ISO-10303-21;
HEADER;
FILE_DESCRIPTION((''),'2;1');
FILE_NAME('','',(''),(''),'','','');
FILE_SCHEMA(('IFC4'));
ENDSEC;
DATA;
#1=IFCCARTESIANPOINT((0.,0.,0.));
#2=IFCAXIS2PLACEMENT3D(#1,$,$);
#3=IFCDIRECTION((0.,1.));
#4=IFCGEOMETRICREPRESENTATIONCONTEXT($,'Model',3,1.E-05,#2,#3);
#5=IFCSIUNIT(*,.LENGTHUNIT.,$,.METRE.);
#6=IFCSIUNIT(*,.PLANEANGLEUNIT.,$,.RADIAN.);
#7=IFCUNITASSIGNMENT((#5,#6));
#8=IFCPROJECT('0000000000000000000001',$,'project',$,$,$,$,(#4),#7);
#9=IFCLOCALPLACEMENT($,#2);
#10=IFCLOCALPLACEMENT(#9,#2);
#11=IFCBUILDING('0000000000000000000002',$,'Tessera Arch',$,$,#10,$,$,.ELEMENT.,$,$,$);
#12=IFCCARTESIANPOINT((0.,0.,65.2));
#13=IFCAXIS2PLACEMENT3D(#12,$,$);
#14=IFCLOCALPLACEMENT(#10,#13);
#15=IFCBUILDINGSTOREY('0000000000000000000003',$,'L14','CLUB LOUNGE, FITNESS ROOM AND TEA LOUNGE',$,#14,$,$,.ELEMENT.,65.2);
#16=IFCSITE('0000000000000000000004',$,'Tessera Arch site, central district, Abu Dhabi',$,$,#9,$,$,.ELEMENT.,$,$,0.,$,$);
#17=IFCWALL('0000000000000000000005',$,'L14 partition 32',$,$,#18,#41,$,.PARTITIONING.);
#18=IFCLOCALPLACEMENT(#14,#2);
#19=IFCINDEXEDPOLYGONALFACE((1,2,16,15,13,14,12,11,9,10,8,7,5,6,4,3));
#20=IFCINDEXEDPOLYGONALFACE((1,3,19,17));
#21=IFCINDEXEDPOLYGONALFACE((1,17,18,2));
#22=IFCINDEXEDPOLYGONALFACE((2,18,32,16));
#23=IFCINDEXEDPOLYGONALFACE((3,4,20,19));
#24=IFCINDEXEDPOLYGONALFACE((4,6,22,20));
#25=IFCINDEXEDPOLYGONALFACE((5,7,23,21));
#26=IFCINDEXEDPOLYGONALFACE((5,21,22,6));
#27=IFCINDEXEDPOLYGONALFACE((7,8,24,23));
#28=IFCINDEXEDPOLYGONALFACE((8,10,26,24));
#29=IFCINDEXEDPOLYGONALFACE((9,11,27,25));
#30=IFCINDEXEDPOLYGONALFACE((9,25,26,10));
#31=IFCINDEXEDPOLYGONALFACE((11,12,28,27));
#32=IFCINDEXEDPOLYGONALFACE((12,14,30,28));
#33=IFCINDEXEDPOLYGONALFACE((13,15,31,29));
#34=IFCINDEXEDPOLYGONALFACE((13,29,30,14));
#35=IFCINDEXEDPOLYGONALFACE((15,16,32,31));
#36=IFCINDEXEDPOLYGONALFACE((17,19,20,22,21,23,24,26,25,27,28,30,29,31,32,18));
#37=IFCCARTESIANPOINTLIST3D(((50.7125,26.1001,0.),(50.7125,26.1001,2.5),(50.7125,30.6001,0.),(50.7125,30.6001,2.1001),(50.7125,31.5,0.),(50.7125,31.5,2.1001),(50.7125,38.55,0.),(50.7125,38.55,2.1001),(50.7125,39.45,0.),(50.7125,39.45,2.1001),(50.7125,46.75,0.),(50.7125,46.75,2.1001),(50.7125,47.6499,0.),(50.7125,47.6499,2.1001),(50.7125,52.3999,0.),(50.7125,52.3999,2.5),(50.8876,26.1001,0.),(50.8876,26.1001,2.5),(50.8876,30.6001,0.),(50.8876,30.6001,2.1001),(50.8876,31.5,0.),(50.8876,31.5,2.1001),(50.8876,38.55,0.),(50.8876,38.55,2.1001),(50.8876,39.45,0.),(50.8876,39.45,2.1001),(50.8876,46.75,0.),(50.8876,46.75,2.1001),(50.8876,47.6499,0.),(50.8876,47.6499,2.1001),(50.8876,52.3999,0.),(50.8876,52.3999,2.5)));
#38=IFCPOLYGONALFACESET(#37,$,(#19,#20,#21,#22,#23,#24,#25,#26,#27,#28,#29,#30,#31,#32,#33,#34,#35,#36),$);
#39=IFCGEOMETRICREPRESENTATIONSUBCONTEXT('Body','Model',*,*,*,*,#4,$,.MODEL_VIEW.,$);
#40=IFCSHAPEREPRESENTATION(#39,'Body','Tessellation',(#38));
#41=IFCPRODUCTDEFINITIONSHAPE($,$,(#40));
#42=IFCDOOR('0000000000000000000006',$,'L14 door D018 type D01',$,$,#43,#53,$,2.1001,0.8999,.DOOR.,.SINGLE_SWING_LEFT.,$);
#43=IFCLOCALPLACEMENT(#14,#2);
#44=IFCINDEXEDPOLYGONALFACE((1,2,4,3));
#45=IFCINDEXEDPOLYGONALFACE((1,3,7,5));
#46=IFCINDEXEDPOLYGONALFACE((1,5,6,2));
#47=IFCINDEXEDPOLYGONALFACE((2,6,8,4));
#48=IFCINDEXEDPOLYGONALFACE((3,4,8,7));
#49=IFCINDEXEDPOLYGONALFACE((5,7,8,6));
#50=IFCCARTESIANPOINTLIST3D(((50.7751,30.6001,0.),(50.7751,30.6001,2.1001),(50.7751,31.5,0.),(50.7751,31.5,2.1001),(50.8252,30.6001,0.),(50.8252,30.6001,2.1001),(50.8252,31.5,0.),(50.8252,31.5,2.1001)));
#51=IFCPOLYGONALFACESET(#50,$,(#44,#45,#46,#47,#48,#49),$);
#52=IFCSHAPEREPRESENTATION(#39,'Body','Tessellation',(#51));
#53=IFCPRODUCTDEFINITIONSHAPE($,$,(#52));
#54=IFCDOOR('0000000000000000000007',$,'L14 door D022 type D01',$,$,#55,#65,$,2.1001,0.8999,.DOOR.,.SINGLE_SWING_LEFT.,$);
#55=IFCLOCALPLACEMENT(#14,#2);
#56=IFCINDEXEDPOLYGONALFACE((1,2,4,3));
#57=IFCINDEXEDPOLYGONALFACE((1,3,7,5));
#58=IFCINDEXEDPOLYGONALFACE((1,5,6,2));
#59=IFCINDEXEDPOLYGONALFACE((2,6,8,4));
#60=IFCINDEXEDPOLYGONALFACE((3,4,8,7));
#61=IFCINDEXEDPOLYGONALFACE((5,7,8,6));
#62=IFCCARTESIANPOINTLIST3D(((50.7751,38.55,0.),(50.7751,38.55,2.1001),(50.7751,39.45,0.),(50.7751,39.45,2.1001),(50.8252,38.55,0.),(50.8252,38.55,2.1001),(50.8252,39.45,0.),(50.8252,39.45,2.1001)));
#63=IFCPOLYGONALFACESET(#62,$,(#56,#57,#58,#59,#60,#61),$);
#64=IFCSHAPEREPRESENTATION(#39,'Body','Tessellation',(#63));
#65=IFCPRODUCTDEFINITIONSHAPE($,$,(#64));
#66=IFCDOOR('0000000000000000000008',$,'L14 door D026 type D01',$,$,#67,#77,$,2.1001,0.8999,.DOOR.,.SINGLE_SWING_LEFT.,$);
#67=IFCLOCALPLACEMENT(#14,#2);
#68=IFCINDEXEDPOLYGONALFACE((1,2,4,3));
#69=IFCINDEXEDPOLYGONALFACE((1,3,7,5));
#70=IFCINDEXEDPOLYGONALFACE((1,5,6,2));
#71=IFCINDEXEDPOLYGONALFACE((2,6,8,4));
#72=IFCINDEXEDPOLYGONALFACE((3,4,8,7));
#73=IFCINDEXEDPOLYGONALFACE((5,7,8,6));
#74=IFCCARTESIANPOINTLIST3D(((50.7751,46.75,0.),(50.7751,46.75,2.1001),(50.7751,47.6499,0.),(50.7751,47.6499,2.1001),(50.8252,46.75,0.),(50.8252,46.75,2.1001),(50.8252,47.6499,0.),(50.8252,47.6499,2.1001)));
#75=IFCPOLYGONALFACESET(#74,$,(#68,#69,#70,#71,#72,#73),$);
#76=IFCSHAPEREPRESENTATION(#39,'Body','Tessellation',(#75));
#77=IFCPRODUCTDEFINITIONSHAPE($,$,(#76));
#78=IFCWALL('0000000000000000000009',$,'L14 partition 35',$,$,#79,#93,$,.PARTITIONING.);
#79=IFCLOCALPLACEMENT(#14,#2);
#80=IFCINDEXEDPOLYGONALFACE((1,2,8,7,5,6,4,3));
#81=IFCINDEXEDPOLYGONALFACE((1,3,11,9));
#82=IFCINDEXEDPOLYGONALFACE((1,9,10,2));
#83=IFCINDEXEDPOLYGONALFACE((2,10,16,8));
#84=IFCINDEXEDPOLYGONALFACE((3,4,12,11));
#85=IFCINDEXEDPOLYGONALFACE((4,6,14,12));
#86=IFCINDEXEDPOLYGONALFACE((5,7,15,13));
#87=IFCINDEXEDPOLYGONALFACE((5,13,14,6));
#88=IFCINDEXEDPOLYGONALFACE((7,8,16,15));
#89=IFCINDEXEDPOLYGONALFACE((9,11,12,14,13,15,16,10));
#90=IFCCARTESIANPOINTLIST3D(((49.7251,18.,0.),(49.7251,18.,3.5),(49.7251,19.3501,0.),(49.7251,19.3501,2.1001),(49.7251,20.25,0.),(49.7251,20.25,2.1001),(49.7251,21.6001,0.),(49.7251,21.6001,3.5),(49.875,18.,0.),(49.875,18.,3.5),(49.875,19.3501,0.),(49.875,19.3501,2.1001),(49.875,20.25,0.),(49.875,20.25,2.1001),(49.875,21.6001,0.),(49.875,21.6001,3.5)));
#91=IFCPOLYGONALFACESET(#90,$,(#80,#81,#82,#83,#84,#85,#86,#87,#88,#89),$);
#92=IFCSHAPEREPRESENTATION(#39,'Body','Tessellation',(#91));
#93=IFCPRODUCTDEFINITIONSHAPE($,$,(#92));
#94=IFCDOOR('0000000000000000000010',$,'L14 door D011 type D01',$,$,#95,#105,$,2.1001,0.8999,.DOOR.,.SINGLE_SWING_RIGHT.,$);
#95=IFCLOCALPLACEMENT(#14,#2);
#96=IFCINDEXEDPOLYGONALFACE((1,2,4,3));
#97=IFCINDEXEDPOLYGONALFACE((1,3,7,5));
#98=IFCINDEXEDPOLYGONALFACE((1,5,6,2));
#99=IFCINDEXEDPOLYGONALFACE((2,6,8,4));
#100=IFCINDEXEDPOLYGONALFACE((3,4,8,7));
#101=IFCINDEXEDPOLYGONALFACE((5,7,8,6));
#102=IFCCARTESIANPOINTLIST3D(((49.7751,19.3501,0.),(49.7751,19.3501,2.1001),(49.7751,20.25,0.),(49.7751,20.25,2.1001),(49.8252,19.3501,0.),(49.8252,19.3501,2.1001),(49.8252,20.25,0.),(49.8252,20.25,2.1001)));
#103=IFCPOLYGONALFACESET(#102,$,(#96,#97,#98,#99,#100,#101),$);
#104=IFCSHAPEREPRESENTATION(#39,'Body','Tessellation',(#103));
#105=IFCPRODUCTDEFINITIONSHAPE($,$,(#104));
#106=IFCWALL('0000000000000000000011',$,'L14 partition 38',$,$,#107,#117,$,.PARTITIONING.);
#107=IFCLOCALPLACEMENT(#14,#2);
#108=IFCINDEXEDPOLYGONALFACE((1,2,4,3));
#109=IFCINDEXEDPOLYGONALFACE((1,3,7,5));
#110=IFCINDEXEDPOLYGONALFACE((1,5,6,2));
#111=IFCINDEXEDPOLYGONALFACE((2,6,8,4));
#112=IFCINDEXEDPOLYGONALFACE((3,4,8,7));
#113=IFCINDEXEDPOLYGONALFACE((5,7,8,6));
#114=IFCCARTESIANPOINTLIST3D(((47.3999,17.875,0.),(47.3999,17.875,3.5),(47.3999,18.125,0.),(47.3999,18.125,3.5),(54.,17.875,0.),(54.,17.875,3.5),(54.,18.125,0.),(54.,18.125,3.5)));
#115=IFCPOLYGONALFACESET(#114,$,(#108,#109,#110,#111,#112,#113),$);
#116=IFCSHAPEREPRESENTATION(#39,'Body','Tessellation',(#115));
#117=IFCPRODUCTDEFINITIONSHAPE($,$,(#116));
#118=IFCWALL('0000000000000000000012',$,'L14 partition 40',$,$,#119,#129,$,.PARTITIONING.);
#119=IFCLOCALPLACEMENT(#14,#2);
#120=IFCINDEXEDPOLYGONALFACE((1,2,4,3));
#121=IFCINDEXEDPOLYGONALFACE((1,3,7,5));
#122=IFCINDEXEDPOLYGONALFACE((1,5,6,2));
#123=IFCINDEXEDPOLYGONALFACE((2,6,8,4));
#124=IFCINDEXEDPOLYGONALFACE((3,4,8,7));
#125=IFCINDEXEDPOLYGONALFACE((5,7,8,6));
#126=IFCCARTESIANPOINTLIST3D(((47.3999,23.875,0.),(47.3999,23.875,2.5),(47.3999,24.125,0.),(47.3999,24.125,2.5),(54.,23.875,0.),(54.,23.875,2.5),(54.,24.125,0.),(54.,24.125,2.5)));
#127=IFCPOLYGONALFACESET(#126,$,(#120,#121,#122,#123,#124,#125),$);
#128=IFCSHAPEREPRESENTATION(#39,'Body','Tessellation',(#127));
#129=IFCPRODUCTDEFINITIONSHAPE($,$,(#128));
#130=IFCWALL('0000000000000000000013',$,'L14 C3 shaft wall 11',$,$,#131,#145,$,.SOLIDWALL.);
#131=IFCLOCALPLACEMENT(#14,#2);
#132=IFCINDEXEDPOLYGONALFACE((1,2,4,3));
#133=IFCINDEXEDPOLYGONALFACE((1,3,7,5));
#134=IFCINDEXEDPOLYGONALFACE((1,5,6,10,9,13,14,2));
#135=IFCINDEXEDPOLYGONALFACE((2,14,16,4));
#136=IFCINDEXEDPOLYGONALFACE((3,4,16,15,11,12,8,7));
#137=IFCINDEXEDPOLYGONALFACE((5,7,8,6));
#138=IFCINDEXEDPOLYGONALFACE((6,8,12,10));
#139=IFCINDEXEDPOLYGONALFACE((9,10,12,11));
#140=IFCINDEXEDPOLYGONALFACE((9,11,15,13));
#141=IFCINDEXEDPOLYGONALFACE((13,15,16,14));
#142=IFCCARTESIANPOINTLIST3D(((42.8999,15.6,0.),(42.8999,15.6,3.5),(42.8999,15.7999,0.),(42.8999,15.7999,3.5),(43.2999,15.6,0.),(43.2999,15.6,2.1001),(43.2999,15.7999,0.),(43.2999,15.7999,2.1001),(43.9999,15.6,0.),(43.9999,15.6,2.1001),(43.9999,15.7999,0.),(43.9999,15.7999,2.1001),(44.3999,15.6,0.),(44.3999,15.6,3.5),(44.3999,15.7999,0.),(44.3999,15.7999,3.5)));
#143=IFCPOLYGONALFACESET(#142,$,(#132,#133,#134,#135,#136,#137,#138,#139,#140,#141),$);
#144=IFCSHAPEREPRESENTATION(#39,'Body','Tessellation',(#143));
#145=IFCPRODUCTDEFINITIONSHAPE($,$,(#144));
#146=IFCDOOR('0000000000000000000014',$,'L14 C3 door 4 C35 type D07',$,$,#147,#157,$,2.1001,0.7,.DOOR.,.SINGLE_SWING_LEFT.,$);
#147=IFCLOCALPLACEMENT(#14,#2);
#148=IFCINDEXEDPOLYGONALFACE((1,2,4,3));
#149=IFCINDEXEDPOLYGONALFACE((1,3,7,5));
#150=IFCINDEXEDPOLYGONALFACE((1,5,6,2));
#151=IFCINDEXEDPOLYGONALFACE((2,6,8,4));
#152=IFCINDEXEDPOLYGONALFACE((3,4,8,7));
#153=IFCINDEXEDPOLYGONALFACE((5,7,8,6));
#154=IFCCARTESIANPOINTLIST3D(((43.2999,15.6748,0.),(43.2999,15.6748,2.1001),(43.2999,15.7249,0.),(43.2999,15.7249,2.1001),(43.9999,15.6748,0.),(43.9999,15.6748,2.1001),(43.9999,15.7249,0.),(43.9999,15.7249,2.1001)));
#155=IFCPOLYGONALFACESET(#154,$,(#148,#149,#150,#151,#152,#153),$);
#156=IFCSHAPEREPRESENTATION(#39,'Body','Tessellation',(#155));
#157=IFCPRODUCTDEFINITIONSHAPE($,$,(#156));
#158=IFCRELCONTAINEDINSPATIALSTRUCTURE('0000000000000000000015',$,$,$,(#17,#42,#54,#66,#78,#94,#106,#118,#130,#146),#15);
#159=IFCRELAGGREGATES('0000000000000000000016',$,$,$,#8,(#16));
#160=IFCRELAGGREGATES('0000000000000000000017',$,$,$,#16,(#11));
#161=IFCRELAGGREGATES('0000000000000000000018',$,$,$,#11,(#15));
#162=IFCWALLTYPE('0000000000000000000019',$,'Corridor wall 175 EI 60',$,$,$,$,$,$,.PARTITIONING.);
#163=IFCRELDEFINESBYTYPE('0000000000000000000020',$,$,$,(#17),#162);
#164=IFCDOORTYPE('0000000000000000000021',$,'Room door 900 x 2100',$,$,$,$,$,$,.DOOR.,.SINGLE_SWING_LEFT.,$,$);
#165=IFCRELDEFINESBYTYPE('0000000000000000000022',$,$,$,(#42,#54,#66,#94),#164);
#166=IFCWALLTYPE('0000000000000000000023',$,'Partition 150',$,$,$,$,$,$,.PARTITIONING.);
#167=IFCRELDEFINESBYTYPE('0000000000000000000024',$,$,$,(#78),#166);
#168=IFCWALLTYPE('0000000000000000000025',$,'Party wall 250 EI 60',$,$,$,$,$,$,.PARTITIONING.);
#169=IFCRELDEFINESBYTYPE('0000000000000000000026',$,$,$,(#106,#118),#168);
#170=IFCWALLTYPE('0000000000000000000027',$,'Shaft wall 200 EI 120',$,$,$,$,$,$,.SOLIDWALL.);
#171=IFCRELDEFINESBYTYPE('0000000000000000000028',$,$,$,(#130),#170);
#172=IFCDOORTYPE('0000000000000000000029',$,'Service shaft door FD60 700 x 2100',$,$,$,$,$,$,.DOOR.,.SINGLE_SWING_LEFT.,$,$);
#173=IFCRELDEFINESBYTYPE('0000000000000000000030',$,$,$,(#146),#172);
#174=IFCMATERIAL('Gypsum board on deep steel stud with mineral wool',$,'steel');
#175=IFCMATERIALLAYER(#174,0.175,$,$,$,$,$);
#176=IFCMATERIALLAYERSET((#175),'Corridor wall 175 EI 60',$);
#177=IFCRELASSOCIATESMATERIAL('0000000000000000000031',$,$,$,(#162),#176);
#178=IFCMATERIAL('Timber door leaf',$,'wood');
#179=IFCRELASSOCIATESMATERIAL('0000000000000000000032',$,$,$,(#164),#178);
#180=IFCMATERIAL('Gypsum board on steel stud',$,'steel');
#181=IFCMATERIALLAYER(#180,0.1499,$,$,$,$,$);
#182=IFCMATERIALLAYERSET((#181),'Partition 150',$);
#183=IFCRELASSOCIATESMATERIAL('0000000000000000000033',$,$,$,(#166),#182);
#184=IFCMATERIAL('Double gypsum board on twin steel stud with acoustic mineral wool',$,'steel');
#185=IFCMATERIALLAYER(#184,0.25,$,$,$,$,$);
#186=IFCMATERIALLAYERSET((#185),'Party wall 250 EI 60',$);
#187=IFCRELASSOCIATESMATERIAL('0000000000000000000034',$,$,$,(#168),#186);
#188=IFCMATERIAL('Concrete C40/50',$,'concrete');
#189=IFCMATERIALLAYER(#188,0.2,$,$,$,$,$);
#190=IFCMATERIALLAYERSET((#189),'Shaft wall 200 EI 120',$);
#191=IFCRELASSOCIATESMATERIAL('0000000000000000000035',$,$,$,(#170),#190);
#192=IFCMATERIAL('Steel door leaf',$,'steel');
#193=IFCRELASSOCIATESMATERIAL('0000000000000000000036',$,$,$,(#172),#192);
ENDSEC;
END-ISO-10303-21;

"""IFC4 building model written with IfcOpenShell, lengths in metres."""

from ifc_helpers import new_model, si_unit, direction, frame, frame_2d, origin, place, context, subcontext, project, spatial, rectangle, extrude, material, layer, layer_set, type_object, element, fill, save


model = new_model("IFC4")

# Units and contexts
model_context = context("Model", 3, precision=1e-05, world=origin(), true_north=direction((0.0, 1.0)))
body_context = subcontext(model_context, "Body", "Model", "MODEL_VIEW")
ifc_project = project(units=[si_unit("LENGTHUNIT", "METRE"), si_unit("PLANEANGLEUNIT", "RADIAN")], contexts=[model_context])

# Site, building, storey
site_placement = place(None, origin())
site = spatial("IfcSite", under=ifc_project, at=site_placement, Name="Tessera Arch site, central district, Abu Dhabi", CompositionType="ELEMENT", RefElevation=0.0)
building_placement = place(site_placement, origin())
building = spatial("IfcBuilding", under=site, at=building_placement, Name="Tessera Arch", CompositionType="ELEMENT")
storey_placement = place(building_placement, frame((0.0, 0.0, 65.2)))
storey = spatial("IfcBuildingStorey", under=building, at=storey_placement, Name="L14", Description="CLUB LOUNGE, FITNESS ROOM AND TEA LOUNGE", CompositionType="ELEMENT", Elevation=65.2)

# Shared definitions
ifc_material_1 = material(Name="Gypsum board on deep steel stud with mineral wool", Category="steel")
ifc_layer_1 = layer(ifc_material_1, 0.175)
ifc_layer_set_1 = layer_set([ifc_layer_1], Name="Corridor wall 175 EI 60")
wall_type_1 = type_object("IfcWallType", Name="Corridor wall 175 EI 60", PredefinedType="PARTITIONING", material=ifc_layer_set_1)

# Wall, openings, doors
wall_1_placement = place(storey_placement, frame((50.8, 26.1001, 0.0), z_axis=(0.0, 0.0, 1.0), x_axis=(0.0, 1.0, 0.0)))
wall_1 = element("IfcWall", 1, at=wall_1_placement, inside=storey, type_object=wall_type_1, Name="L14 partition 32", PredefinedType="PARTITIONING", context=body_context, shape_type="SweptSolid", body=[
    extrude(rectangle(XDim=26.2998, YDim=0.175, at=frame_2d((13.1499, 0.0))), origin(), (0.0, 0.0, 1.0), 2.5),
])
opening_1_placement = place(wall_1_placement, frame((4.5, 0.0, 0.0)))
opening_1 = element("IfcOpeningElement", 2, at=opening_1_placement, cuts=wall_1, PredefinedType="OPENING", context=body_context, shape_type="SweptSolid", body=[
    extrude(rectangle(XDim=0.8999, YDim=2.1001, at=frame_2d((0.45, 1.05))), frame((0.0, 0.0974, 0.0), z_axis=(0.0, -1.0, 0.0), x_axis=(1.0, 0.0, 0.0)), (0.0, 0.0, 1.0), 0.1951),
])
opening_2_placement = place(wall_1_placement, frame((12.45, 0.0, 0.0)))
opening_2 = element("IfcOpeningElement", 3, at=opening_2_placement, cuts=wall_1, PredefinedType="OPENING", context=body_context, shape_type="SweptSolid", body=[
    extrude(rectangle(XDim=0.8999, YDim=2.1001, at=frame_2d((0.45, 1.05))), frame((0.0, 0.0974, 0.0), z_axis=(0.0, -1.0, 0.0), x_axis=(1.0, 0.0, 0.0)), (0.0, 0.0, 1.0), 0.1951),
])
opening_3_placement = place(wall_1_placement, frame((20.6499, 0.0, 0.0)))
opening_3 = element("IfcOpeningElement", 4, at=opening_3_placement, cuts=wall_1, PredefinedType="OPENING", context=body_context, shape_type="SweptSolid", body=[
    extrude(rectangle(XDim=0.8999, YDim=2.1001, at=frame_2d((0.45, 1.05))), frame((0.0, 0.0974, 0.0), z_axis=(0.0, -1.0, 0.0), x_axis=(1.0, 0.0, 0.0)), (0.0, 0.0, 1.0), 0.1951),
])
ifc_material_2 = material(Name="Timber door leaf", Category="wood")
door_type_1 = type_object("IfcDoorType", Name="Room door 900 x 2100", OperationType="SINGLE_SWING_LEFT", PredefinedType="DOOR", material=ifc_material_2)
door_1_placement = place(opening_1_placement, origin())
door_1 = element("IfcDoor", 5, at=door_1_placement, inside=storey, type_object=door_type_1, Name="L14 door D018 type D01", OperationType="SINGLE_SWING_LEFT", OverallHeight=2.1001, OverallWidth=0.8999, PredefinedType="DOOR", context=body_context, shape_type="SweptSolid", body=[
    extrude(rectangle(XDim=0.8999, YDim=2.1001, at=frame_2d((0.45, 1.05))), frame((0.0, 0.0249, 0.0), z_axis=(0.0, -1.0, 0.0), x_axis=(1.0, 0.0, 0.0)), (0.0, 0.0, 1.0), 0.05),
])
fill(opening_1, door_1)
door_2_placement = place(opening_2_placement, origin())
door_2 = element("IfcDoor", 6, at=door_2_placement, inside=storey, type_object=door_type_1, Name="L14 door D022 type D01", OperationType="SINGLE_SWING_LEFT", OverallHeight=2.1001, OverallWidth=0.8999, PredefinedType="DOOR", context=body_context, shape_type="SweptSolid", body=[
    extrude(rectangle(XDim=0.8999, YDim=2.1001, at=frame_2d((0.45, 1.05))), frame((0.0, 0.0249, 0.0), z_axis=(0.0, -1.0, 0.0), x_axis=(1.0, 0.0, 0.0)), (0.0, 0.0, 1.0), 0.05),
])
fill(opening_2, door_2)
door_3_placement = place(opening_3_placement, origin())
door_3 = element("IfcDoor", 7, at=door_3_placement, inside=storey, type_object=door_type_1, Name="L14 door D026 type D01", OperationType="SINGLE_SWING_LEFT", OverallHeight=2.1001, OverallWidth=0.8999, PredefinedType="DOOR", context=body_context, shape_type="SweptSolid", body=[
    extrude(rectangle(XDim=0.8999, YDim=2.1001, at=frame_2d((0.45, 1.05))), frame((0.0, 0.0249, 0.0), z_axis=(0.0, -1.0, 0.0), x_axis=(1.0, 0.0, 0.0)), (0.0, 0.0, 1.0), 0.05),
])
fill(opening_3, door_3)

# Wall, opening, door
ifc_material_3 = material(Name="Gypsum board on steel stud", Category="steel")
ifc_layer_2 = layer(ifc_material_3, 0.1499)
ifc_layer_set_2 = layer_set([ifc_layer_2], Name="Partition 150")
wall_type_2 = type_object("IfcWallType", Name="Partition 150", PredefinedType="PARTITIONING", material=ifc_layer_set_2)
wall_2_placement = place(storey_placement, frame((49.8, 18.0, 0.0), z_axis=(0.0, 0.0, 1.0), x_axis=(0.0, 1.0, 0.0)))
wall_2 = element("IfcWall", 8, at=wall_2_placement, inside=storey, type_object=wall_type_2, Name="L14 partition 35", PredefinedType="PARTITIONING", context=body_context, shape_type="SweptSolid", body=[
    extrude(rectangle(XDim=3.6001, YDim=0.1499, at=frame_2d((1.8, 0.0))), origin(), (0.0, 0.0, 1.0), 3.5),
])
opening_4_placement = place(wall_2_placement, frame((1.3501, 0.0, 0.0)))
opening_4 = element("IfcOpeningElement", 9, at=opening_4_placement, cuts=wall_2, PredefinedType="OPENING", context=body_context, shape_type="SweptSolid", body=[
    extrude(rectangle(XDim=0.8999, YDim=2.1001, at=frame_2d((0.45, 1.05))), frame((0.0, 0.085, 0.0), z_axis=(0.0, -1.0, 0.0), x_axis=(1.0, 0.0, 0.0)), (0.0, 0.0, 1.0), 0.1699),
])
door_4_placement = place(opening_4_placement, origin())
door_4 = element("IfcDoor", 10, at=door_4_placement, inside=storey, type_object=door_type_1, Name="L14 door D011 type D01", OperationType="SINGLE_SWING_RIGHT", OverallHeight=2.1001, OverallWidth=0.8999, PredefinedType="DOOR", context=body_context, shape_type="SweptSolid", body=[
    extrude(rectangle(XDim=0.8999, YDim=2.1001, at=frame_2d((0.45, 1.05))), frame((0.0, 0.0249, 0.0), z_axis=(0.0, -1.0, 0.0), x_axis=(1.0, 0.0, 0.0)), (0.0, 0.0, 1.0), 0.05),
])
fill(opening_4, door_4)

# Walls
ifc_material_4 = material(Name="Double gypsum board on twin steel stud with acoustic mineral wool", Category="steel")
ifc_layer_3 = layer(ifc_material_4, 0.25)
ifc_layer_set_3 = layer_set([ifc_layer_3], Name="Party wall 250 EI 60")
wall_type_3 = type_object("IfcWallType", Name="Party wall 250 EI 60", PredefinedType="PARTITIONING", material=ifc_layer_set_3)
wall_3_placement = place(storey_placement, frame((47.3999, 18.0, 0.0), z_axis=(0.0, 0.0, 1.0), x_axis=(1.0, 0.0, 0.0)))
element("IfcWall", 11, at=wall_3_placement, inside=storey, type_object=wall_type_3, Name="L14 partition 38", PredefinedType="PARTITIONING", context=body_context, shape_type="SweptSolid", body=[
    extrude(rectangle(XDim=6.6001, YDim=0.25, at=frame_2d((3.3, 0.0))), origin(), (0.0, 0.0, 1.0), 3.5),
])
wall_4_placement = place(storey_placement, frame((47.3999, 24.0, 0.0), z_axis=(0.0, 0.0, 1.0), x_axis=(1.0, 0.0, 0.0)))
element("IfcWall", 12, at=wall_4_placement, inside=storey, type_object=wall_type_3, Name="L14 partition 40", PredefinedType="PARTITIONING", context=body_context, shape_type="SweptSolid", body=[
    extrude(rectangle(XDim=6.6001, YDim=0.25, at=frame_2d((3.3, 0.0))), origin(), (0.0, 0.0, 1.0), 2.5),
])

# Wall, opening, door
ifc_material_5 = material(Name="Concrete C40/50", Category="concrete")
ifc_layer_4 = layer(ifc_material_5, 0.2)
ifc_layer_set_4 = layer_set([ifc_layer_4], Name="Shaft wall 200 EI 120")
wall_type_4 = type_object("IfcWallType", Name="Shaft wall 200 EI 120", PredefinedType="SOLIDWALL", material=ifc_layer_set_4)
wall_5_placement = place(storey_placement, frame((42.8999, 15.7, 0.0), z_axis=(0.0, 0.0, 1.0), x_axis=(1.0, 0.0, 0.0)))
wall_5 = element("IfcWall", 13, at=wall_5_placement, inside=storey, type_object=wall_type_4, Name="L14 C3 shaft wall 11", PredefinedType="SOLIDWALL", context=body_context, shape_type="SweptSolid", body=[
    extrude(rectangle(XDim=1.5, YDim=0.2, at=frame_2d((0.75, 0.0))), origin(), (0.0, 0.0, 1.0), 3.5),
])
opening_5_placement = place(wall_5_placement, frame((0.3999, 0.0, 0.0)))
opening_5 = element("IfcOpeningElement", 14, at=opening_5_placement, cuts=wall_5, PredefinedType="OPENING", context=body_context, shape_type="SweptSolid", body=[
    extrude(rectangle(XDim=0.7, YDim=2.1001, at=frame_2d((0.3501, 1.05))), frame((0.0, 0.1099, 0.0), z_axis=(0.0, -1.0, 0.0), x_axis=(1.0, 0.0, 0.0)), (0.0, 0.0, 1.0), 0.22),
])
ifc_material_6 = material(Name="Steel door leaf", Category="steel")
door_type_2 = type_object("IfcDoorType", Name="Service shaft door FD60 700 x 2100", OperationType="SINGLE_SWING_LEFT", PredefinedType="DOOR", material=ifc_material_6)
door_5_placement = place(opening_5_placement, origin())
door_5 = element("IfcDoor", 15, at=door_5_placement, inside=storey, type_object=door_type_2, Name="L14 C3 door 4 C35 type D07", OperationType="SINGLE_SWING_LEFT", OverallHeight=2.1001, OverallWidth=0.7, PredefinedType="DOOR", context=body_context, shape_type="SweptSolid", body=[
    extrude(rectangle(XDim=0.7, YDim=2.1001, at=frame_2d((0.3501, 1.05))), frame((0.0, 0.0249, 0.0), z_axis=(0.0, -1.0, 0.0), x_axis=(1.0, 0.0, 0.0)), (0.0, 0.0, 1.0), 0.05),
])
fill(opening_5, door_5)

save(model, "model.ifc")
